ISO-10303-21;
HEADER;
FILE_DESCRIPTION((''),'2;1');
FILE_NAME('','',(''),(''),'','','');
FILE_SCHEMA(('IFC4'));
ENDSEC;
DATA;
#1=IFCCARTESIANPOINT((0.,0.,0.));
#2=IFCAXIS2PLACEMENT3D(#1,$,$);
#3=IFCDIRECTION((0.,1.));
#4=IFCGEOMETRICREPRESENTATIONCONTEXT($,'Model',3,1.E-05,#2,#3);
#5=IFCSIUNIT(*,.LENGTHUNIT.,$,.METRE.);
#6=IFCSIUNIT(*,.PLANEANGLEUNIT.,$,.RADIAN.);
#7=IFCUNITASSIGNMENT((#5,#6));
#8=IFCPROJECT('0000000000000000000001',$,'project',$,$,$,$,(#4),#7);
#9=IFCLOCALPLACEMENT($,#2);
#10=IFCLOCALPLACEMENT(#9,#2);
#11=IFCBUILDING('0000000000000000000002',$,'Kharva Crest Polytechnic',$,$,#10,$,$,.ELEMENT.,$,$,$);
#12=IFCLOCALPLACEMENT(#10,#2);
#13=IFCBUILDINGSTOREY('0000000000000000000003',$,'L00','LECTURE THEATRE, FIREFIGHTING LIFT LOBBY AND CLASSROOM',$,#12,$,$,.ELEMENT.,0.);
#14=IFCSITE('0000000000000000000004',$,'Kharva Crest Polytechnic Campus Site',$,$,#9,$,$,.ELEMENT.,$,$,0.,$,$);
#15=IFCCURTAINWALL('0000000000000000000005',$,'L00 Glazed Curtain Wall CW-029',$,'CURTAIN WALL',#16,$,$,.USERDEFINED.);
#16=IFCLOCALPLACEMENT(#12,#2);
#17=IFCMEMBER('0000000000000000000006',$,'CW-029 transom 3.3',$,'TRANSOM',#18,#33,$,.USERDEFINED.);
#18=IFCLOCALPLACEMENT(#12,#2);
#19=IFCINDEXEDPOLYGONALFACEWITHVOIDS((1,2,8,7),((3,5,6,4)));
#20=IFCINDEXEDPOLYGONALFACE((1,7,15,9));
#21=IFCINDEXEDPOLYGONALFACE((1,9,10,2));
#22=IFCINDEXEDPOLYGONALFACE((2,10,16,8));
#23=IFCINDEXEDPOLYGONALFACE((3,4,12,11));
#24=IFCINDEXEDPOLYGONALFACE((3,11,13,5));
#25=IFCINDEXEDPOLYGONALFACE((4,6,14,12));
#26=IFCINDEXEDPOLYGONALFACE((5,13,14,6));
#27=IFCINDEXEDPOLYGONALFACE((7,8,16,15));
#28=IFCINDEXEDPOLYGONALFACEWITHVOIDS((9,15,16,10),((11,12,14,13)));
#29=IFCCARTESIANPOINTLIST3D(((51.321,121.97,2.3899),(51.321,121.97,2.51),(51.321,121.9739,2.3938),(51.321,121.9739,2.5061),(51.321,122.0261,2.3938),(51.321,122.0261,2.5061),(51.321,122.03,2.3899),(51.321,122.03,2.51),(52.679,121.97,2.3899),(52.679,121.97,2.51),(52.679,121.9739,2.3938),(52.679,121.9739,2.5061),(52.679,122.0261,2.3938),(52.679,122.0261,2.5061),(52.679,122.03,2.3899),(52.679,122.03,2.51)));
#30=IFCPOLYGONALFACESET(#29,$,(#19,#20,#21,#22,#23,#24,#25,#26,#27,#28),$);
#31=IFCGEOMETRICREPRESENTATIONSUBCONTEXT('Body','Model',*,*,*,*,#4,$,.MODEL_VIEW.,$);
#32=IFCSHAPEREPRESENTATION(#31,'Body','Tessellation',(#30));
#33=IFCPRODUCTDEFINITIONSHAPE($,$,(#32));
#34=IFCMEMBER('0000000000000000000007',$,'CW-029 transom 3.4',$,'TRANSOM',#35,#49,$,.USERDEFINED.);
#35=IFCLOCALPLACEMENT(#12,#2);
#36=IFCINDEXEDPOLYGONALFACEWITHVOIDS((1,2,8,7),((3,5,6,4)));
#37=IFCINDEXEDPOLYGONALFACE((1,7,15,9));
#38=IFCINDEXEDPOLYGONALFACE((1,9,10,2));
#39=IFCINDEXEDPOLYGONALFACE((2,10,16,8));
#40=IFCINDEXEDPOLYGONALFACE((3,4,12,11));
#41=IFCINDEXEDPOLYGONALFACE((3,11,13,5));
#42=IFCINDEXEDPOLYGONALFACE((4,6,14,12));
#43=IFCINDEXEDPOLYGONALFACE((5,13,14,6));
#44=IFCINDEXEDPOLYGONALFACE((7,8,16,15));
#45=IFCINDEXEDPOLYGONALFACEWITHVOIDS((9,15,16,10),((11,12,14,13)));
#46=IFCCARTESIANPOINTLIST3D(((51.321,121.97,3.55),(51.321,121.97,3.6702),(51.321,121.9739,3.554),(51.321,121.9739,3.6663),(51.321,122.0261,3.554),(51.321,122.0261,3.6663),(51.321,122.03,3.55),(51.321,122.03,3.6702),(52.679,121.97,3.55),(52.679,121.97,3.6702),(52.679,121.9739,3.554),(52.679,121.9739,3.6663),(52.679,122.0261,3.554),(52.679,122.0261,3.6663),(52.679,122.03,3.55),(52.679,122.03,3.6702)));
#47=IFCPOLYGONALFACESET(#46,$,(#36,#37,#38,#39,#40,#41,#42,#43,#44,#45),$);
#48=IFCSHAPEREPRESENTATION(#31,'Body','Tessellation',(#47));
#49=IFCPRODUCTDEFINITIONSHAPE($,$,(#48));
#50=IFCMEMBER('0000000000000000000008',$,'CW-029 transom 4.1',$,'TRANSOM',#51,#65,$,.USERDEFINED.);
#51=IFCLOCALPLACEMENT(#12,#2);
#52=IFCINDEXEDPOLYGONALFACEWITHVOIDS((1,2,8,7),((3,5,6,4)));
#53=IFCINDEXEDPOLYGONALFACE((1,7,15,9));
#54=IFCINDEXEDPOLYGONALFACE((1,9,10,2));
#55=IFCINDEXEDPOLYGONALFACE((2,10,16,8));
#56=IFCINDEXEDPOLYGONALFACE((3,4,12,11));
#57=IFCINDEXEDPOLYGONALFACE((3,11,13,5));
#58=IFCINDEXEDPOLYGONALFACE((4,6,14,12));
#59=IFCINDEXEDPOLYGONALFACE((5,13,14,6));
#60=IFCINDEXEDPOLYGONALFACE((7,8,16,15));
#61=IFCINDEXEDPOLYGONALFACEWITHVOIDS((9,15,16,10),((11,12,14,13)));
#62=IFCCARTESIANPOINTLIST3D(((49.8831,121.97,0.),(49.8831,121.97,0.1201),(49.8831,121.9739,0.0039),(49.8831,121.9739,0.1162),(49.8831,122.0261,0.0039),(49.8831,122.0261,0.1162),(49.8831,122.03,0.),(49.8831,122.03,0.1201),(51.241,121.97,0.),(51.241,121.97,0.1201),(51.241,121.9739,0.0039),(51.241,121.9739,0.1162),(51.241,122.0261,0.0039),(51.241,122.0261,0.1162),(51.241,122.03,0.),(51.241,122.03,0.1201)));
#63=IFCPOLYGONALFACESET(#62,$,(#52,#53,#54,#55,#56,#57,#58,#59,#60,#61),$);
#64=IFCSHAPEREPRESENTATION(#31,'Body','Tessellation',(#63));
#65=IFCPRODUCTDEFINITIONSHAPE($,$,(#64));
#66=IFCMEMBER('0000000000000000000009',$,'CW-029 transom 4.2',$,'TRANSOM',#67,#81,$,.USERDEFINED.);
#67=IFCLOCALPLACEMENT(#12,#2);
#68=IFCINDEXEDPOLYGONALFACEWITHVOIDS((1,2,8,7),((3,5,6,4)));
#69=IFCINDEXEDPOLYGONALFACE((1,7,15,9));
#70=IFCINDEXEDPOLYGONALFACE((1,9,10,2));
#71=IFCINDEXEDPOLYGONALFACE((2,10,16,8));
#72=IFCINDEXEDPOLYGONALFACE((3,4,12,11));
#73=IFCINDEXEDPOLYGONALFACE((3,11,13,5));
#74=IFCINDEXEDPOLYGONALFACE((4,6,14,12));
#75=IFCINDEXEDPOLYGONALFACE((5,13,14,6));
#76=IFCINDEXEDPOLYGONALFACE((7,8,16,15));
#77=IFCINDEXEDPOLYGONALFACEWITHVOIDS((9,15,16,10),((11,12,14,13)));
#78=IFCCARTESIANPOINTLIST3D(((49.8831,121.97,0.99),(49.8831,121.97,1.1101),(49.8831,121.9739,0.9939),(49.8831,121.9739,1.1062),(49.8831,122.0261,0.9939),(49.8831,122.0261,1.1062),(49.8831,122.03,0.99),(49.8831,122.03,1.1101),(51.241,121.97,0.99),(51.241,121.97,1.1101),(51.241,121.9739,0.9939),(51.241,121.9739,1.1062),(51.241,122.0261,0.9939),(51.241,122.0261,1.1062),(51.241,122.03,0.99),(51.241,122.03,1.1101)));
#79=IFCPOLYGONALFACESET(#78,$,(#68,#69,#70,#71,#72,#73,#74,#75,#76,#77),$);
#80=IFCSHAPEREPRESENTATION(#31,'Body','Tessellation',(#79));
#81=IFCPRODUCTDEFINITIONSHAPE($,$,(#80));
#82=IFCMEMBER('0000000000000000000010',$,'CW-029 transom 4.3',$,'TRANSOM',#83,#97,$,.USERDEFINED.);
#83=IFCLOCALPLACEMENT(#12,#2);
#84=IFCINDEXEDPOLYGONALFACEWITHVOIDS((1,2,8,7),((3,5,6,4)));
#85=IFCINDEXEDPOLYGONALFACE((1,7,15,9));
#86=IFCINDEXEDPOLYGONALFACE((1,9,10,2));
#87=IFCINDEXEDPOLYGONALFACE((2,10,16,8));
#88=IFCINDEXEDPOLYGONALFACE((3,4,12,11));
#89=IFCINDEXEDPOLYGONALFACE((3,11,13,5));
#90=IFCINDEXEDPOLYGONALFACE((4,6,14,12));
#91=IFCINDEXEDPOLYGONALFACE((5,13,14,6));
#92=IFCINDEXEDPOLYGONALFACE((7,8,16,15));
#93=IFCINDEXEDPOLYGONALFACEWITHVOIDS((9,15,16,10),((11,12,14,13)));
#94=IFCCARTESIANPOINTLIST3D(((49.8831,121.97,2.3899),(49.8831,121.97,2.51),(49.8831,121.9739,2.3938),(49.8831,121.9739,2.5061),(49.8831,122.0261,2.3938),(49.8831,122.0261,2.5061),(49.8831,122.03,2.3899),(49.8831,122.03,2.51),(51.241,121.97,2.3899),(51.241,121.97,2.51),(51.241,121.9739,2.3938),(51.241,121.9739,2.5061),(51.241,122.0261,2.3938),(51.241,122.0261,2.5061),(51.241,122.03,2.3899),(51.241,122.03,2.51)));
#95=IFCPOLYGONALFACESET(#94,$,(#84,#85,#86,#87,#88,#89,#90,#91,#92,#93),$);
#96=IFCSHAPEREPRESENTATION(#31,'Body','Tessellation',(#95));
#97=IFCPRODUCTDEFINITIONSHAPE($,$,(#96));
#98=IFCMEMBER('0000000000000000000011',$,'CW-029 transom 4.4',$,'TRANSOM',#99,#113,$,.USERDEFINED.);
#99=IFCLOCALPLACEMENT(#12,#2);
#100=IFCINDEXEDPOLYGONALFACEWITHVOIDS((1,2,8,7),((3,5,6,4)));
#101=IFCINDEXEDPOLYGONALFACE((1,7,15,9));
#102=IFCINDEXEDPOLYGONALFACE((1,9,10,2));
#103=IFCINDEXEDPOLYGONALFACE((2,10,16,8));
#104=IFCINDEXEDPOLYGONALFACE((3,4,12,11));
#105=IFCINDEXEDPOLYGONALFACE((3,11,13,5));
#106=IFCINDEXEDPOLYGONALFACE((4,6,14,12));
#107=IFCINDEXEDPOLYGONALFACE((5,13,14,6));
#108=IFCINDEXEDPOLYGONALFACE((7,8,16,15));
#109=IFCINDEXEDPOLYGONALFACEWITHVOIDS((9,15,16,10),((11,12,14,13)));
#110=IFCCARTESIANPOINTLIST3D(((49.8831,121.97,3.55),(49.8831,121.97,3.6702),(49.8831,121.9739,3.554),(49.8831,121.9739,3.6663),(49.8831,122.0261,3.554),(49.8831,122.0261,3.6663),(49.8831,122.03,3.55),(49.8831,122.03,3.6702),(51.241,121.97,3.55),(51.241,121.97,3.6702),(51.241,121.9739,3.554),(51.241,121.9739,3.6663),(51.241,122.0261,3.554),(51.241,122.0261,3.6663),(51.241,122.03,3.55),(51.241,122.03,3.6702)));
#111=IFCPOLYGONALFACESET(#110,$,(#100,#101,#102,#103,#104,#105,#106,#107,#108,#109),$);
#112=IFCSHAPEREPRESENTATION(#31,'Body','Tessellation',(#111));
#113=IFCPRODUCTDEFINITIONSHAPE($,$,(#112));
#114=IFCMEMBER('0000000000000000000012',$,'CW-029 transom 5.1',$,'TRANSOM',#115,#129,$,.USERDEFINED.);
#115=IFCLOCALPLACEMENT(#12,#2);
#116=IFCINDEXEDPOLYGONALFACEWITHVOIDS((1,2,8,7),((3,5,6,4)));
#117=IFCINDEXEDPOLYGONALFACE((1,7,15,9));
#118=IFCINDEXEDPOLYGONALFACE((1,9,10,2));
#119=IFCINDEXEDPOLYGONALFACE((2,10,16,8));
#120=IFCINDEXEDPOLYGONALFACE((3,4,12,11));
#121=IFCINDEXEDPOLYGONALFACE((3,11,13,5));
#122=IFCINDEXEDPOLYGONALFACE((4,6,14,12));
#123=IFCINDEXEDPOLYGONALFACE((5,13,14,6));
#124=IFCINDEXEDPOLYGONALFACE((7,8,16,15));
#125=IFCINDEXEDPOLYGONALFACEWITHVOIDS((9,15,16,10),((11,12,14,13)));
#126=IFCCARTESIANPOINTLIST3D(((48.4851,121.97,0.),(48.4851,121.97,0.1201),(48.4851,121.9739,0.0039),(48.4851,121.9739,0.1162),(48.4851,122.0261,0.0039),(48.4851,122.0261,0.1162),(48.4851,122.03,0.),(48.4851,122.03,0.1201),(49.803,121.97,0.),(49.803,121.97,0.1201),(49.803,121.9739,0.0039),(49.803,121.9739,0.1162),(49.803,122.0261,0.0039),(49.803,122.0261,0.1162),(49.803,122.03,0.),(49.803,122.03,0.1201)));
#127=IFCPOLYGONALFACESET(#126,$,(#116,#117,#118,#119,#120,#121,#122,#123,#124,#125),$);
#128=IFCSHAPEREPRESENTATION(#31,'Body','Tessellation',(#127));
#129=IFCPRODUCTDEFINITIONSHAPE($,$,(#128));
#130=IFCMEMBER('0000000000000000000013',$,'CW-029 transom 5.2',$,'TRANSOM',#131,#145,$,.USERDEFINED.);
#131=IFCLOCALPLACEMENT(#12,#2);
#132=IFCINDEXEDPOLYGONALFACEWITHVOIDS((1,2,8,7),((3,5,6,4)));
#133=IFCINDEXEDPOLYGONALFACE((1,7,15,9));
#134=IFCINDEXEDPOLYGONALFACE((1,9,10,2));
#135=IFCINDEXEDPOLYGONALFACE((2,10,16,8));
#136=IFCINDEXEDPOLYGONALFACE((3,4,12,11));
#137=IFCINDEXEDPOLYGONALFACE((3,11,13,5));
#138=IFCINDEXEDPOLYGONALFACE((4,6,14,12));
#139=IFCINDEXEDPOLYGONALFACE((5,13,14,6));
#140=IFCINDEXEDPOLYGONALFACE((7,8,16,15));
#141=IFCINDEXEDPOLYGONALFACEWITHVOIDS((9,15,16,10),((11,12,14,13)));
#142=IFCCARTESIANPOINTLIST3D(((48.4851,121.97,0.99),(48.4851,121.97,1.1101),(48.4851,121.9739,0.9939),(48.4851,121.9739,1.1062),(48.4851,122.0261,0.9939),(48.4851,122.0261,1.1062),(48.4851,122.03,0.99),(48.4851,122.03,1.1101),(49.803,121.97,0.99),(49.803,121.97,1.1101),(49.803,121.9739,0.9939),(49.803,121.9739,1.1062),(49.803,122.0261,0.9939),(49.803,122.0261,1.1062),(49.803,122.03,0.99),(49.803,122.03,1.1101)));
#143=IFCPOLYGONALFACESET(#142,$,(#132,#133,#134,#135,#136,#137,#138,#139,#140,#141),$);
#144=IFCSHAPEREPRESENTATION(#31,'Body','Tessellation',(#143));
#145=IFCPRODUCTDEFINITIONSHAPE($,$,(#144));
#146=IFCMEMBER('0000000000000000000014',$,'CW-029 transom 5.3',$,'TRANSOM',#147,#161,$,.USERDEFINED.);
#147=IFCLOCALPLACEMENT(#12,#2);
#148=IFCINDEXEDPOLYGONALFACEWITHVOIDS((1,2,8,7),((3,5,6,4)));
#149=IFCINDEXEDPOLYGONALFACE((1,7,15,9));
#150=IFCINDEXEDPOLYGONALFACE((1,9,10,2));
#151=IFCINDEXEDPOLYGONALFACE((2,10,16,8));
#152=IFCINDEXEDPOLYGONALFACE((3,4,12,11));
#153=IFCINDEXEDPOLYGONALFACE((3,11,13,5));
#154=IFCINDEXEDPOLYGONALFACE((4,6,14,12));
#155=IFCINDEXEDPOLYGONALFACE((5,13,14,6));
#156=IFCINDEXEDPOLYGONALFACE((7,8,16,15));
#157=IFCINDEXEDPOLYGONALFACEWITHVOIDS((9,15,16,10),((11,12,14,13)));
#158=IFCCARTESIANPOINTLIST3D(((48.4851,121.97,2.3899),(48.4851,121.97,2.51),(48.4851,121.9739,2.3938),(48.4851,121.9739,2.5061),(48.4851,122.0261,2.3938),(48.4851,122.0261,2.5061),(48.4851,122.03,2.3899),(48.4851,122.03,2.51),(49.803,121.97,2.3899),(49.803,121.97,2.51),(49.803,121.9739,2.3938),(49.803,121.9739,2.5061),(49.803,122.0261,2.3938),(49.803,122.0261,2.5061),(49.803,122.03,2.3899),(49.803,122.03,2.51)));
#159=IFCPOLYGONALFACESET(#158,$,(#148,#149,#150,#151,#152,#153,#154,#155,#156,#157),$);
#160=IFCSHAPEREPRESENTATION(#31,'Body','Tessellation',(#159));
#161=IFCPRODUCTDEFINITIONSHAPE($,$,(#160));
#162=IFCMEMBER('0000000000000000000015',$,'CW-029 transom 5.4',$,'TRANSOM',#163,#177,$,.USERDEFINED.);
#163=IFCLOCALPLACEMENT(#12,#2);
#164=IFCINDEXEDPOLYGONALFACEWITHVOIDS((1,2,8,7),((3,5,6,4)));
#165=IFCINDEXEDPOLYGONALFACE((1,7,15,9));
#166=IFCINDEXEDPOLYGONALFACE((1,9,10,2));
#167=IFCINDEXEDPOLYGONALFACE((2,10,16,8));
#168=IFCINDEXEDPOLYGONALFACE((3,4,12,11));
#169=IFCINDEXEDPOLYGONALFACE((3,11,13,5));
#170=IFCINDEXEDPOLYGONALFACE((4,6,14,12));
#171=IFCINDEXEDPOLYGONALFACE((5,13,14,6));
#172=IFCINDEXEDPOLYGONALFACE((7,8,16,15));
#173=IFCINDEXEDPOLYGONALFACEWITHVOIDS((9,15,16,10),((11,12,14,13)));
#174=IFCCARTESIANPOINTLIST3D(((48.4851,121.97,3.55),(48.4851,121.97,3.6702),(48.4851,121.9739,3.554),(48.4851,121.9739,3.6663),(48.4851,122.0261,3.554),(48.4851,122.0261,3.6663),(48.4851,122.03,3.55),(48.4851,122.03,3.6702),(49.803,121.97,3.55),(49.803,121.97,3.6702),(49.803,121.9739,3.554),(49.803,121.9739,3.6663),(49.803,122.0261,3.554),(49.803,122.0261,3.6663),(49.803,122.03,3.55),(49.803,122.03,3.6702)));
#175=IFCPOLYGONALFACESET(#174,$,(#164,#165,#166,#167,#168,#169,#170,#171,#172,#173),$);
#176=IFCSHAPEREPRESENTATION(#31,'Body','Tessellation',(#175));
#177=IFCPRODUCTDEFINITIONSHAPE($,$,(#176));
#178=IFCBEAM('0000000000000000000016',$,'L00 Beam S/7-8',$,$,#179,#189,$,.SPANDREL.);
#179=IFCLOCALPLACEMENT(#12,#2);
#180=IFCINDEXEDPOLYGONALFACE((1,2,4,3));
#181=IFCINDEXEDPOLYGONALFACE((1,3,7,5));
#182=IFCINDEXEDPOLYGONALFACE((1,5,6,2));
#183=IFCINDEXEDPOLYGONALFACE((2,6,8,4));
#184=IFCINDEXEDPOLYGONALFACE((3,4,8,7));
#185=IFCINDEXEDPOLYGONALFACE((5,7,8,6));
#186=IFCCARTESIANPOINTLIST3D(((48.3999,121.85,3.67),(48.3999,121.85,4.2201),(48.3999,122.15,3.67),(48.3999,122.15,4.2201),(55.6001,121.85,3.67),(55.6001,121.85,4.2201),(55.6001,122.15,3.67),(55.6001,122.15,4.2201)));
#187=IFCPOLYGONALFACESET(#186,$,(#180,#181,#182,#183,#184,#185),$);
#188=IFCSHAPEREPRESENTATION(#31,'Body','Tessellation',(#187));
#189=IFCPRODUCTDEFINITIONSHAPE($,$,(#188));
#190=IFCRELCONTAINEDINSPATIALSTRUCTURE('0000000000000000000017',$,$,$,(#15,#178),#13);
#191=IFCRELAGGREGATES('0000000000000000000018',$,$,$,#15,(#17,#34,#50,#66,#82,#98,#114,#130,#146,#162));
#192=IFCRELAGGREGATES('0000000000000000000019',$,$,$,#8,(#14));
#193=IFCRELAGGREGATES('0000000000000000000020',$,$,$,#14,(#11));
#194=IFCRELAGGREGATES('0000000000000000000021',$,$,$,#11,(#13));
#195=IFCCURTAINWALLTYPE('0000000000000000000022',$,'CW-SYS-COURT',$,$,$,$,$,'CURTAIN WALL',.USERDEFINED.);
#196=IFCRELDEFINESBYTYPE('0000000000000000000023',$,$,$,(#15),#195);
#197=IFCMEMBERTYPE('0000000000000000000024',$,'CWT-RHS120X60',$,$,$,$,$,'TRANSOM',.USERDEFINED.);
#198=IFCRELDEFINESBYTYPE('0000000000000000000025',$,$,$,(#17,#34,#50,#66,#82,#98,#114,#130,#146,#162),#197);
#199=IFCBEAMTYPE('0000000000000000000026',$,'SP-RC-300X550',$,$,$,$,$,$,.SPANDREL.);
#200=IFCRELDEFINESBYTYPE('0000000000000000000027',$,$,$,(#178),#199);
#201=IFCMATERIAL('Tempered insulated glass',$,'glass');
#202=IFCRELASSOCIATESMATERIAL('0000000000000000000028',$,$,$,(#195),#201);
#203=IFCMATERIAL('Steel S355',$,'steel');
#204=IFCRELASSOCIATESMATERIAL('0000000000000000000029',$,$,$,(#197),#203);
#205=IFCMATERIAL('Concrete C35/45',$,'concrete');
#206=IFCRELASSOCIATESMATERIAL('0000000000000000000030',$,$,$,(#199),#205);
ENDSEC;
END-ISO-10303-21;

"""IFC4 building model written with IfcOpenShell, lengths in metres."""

from ifc_helpers import new_model, si_unit, direction, frame, origin, origin_2d, place, context, subcontext, project, spatial, rectangle, hollow_rectangle, extrude, material, material_profile, profile_set, type_object, element, aggregate, save


model = new_model("IFC4")

# Units and contexts
model_context = context("Model", 3, precision=1e-05, world=origin(), true_north=direction((0.0, 1.0)))
body_context = subcontext(model_context, "Body", "Model", "MODEL_VIEW")
ifc_project = project(units=[si_unit("LENGTHUNIT", "METRE"), si_unit("PLANEANGLEUNIT", "RADIAN")], contexts=[model_context])

# Site, building, storey
site_placement = place(None, origin())
site = spatial("IfcSite", under=ifc_project, at=site_placement, Name="Kharva Crest Polytechnic Campus Site", CompositionType="ELEMENT", RefElevation=0.0)
building_placement = place(site_placement, origin())
building = spatial("IfcBuilding", under=site, at=building_placement, Name="Kharva Crest Polytechnic", CompositionType="ELEMENT")
storey_placement = place(building_placement, origin())
storey = spatial("IfcBuildingStorey", under=building, at=storey_placement, Name="L00", Description="LECTURE THEATRE, FIREFIGHTING LIFT LOBBY AND CLASSROOM", CompositionType="ELEMENT", Elevation=0.0)

# Shared definitions
ifc_material_1 = material(Name="Concrete C35/45", Category="concrete")

# Curtain wall, members
ifc_material_2 = material(Name="Tempered insulated glass", Category="glass")
curtain_wall_type = type_object("IfcCurtainWallType", Name="CW-SYS-COURT", ElementType="CURTAIN WALL", PredefinedType="USERDEFINED", material=ifc_material_2)
curtain_wall_placement = place(storey_placement, origin())
curtain_wall = element("IfcCurtainWall", 1, at=curtain_wall_placement, inside=storey, type_object=curtain_wall_type, Name="L00 Glazed Curtain Wall CW-029", ObjectType="CURTAIN WALL", PredefinedType="USERDEFINED")
ifc_material_3 = material(Name="Steel S355", Category="steel")
ifc_material_profile_1 = material_profile(ifc_material_3, hollow_rectangle(XDim=0.0601, YDim=0.1201, WallThickness=0.0039, at=origin_2d()), Name="RHS 120X60X4.0")
ifc_profile_set_1 = profile_set([ifc_material_profile_1], Name="Steel S355")
member_type_1 = type_object("IfcMemberType", Name="CWT-RHS120X60", ElementType="TRANSOM", PredefinedType="USERDEFINED", material=ifc_profile_set_1)
member_1_placement = place(storey_placement, frame((52.679, 122.0, 2.45), z_axis=(-1.0, 0.0, 0.0), x_axis=(0.0, -1.0, 0.0)))
member_1 = element("IfcMember", 2, at=member_1_placement, type_object=member_type_1, Name="CW-029 transom 3.3", ObjectType="TRANSOM", PredefinedType="USERDEFINED", context=body_context, shape_type="SweptSolid", body=[
    extrude(hollow_rectangle(XDim=0.0601, YDim=0.1201, WallThickness=0.0039, at=origin_2d()), origin(), (0.0, 0.0, 1.0), 1.3579),
])
member_2_placement = place(storey_placement, frame((52.679, 122.0, 3.6101), z_axis=(-1.0, 0.0, 0.0), x_axis=(0.0, -1.0, 0.0)))
member_2 = element("IfcMember", 3, at=member_2_placement, type_object=member_type_1, Name="CW-029 transom 3.4", ObjectType="TRANSOM", PredefinedType="USERDEFINED", context=body_context, shape_type="SweptSolid", body=[
    extrude(hollow_rectangle(XDim=0.0601, YDim=0.1201, WallThickness=0.0039, at=origin_2d()), origin(), (0.0, 0.0, 1.0), 1.3579),
])
member_3_placement = place(storey_placement, frame((51.241, 122.0, 0.0601), z_axis=(-1.0, 0.0, 0.0), x_axis=(0.0, -1.0, 0.0)))
member_3 = element("IfcMember", 4, at=member_3_placement, type_object=member_type_1, Name="CW-029 transom 4.1", ObjectType="TRANSOM", PredefinedType="USERDEFINED", context=body_context, shape_type="SweptSolid", body=[
    extrude(hollow_rectangle(XDim=0.0601, YDim=0.1201, WallThickness=0.0039, at=origin_2d()), origin(), (0.0, 0.0, 1.0), 1.3579),
])
member_4_placement = place(storey_placement, frame((51.241, 122.0, 1.05), z_axis=(-1.0, 0.0, 0.0), x_axis=(0.0, -1.0, 0.0)))
member_4 = element("IfcMember", 5, at=member_4_placement, type_object=member_type_1, Name="CW-029 transom 4.2", ObjectType="TRANSOM", PredefinedType="USERDEFINED", context=body_context, shape_type="SweptSolid", body=[
    extrude(hollow_rectangle(XDim=0.0601, YDim=0.1201, WallThickness=0.0039, at=origin_2d()), origin(), (0.0, 0.0, 1.0), 1.3579),
])
member_5_placement = place(storey_placement, frame((51.241, 122.0, 2.45), z_axis=(-1.0, 0.0, 0.0), x_axis=(0.0, -1.0, 0.0)))
member_5 = element("IfcMember", 6, at=member_5_placement, type_object=member_type_1, Name="CW-029 transom 4.3", ObjectType="TRANSOM", PredefinedType="USERDEFINED", context=body_context, shape_type="SweptSolid", body=[
    extrude(hollow_rectangle(XDim=0.0601, YDim=0.1201, WallThickness=0.0039, at=origin_2d()), origin(), (0.0, 0.0, 1.0), 1.3579),
])
member_6_placement = place(storey_placement, frame((51.241, 122.0, 3.6101), z_axis=(-1.0, 0.0, 0.0), x_axis=(0.0, -1.0, 0.0)))
member_6 = element("IfcMember", 7, at=member_6_placement, type_object=member_type_1, Name="CW-029 transom 4.4", ObjectType="TRANSOM", PredefinedType="USERDEFINED", context=body_context, shape_type="SweptSolid", body=[
    extrude(hollow_rectangle(XDim=0.0601, YDim=0.1201, WallThickness=0.0039, at=origin_2d()), origin(), (0.0, 0.0, 1.0), 1.3579),
])
member_7_placement = place(storey_placement, frame((49.803, 122.0, 0.0601), z_axis=(-1.0, 0.0, 0.0), x_axis=(0.0, -1.0, 0.0)))
member_7 = element("IfcMember", 8, at=member_7_placement, type_object=member_type_1, Name="CW-029 transom 5.1", ObjectType="TRANSOM", PredefinedType="USERDEFINED", context=body_context, shape_type="SweptSolid", body=[
    extrude(hollow_rectangle(XDim=0.0601, YDim=0.1201, WallThickness=0.0039, at=origin_2d()), origin(), (0.0, 0.0, 1.0), 1.3179),
])
member_8_placement = place(storey_placement, frame((49.803, 122.0, 1.05), z_axis=(-1.0, 0.0, 0.0), x_axis=(0.0, -1.0, 0.0)))
member_8 = element("IfcMember", 9, at=member_8_placement, type_object=member_type_1, Name="CW-029 transom 5.2", ObjectType="TRANSOM", PredefinedType="USERDEFINED", context=body_context, shape_type="SweptSolid", body=[
    extrude(hollow_rectangle(XDim=0.0601, YDim=0.1201, WallThickness=0.0039, at=origin_2d()), origin(), (0.0, 0.0, 1.0), 1.3179),
])
member_9_placement = place(storey_placement, frame((49.803, 122.0, 2.45), z_axis=(-1.0, 0.0, 0.0), x_axis=(0.0, -1.0, 0.0)))
member_9 = element("IfcMember", 10, at=member_9_placement, type_object=member_type_1, Name="CW-029 transom 5.3", ObjectType="TRANSOM", PredefinedType="USERDEFINED", context=body_context, shape_type="SweptSolid", body=[
    extrude(hollow_rectangle(XDim=0.0601, YDim=0.1201, WallThickness=0.0039, at=origin_2d()), origin(), (0.0, 0.0, 1.0), 1.3179),
])
member_10_placement = place(storey_placement, frame((49.803, 122.0, 3.6101), z_axis=(-1.0, 0.0, 0.0), x_axis=(0.0, -1.0, 0.0)))
member_10 = element("IfcMember", 11, at=member_10_placement, type_object=member_type_1, Name="CW-029 transom 5.4", ObjectType="TRANSOM", PredefinedType="USERDEFINED", context=body_context, shape_type="SweptSolid", body=[
    extrude(hollow_rectangle(XDim=0.0601, YDim=0.1201, WallThickness=0.0039, at=origin_2d()), origin(), (0.0, 0.0, 1.0), 1.3179),
])

# Beam
ifc_material_profile_2 = material_profile(ifc_material_1, rectangle(XDim=0.3, YDim=0.55, at=origin_2d()), Name="RECT 300 X 550")
ifc_profile_set_2 = profile_set([ifc_material_profile_2], Name="Concrete C35/45")
beam_type = type_object("IfcBeamType", Name="SP-RC-300X550", PredefinedType="SPANDREL", material=ifc_profile_set_2)
beam_placement = place(storey_placement, frame((48.3999, 122.0, 3.9451), z_axis=(1.0, 0.0, 0.0), x_axis=(0.0, 1.0, 0.0)))
element("IfcBeam", 12, at=beam_placement, inside=storey, type_object=beam_type, Name="L00 Beam S/7-8", PredefinedType="SPANDREL", context=body_context, shape_type="SweptSolid", body=[
    extrude(rectangle(XDim=0.3, YDim=0.55, at=origin_2d()), origin(), (0.0, 0.0, 1.0), 7.2002),
])

aggregate(curtain_wall, [member_1, member_2, member_3, member_4, member_5, member_6, member_7, member_8, member_9, member_10])

save(model, "model.ifc")
